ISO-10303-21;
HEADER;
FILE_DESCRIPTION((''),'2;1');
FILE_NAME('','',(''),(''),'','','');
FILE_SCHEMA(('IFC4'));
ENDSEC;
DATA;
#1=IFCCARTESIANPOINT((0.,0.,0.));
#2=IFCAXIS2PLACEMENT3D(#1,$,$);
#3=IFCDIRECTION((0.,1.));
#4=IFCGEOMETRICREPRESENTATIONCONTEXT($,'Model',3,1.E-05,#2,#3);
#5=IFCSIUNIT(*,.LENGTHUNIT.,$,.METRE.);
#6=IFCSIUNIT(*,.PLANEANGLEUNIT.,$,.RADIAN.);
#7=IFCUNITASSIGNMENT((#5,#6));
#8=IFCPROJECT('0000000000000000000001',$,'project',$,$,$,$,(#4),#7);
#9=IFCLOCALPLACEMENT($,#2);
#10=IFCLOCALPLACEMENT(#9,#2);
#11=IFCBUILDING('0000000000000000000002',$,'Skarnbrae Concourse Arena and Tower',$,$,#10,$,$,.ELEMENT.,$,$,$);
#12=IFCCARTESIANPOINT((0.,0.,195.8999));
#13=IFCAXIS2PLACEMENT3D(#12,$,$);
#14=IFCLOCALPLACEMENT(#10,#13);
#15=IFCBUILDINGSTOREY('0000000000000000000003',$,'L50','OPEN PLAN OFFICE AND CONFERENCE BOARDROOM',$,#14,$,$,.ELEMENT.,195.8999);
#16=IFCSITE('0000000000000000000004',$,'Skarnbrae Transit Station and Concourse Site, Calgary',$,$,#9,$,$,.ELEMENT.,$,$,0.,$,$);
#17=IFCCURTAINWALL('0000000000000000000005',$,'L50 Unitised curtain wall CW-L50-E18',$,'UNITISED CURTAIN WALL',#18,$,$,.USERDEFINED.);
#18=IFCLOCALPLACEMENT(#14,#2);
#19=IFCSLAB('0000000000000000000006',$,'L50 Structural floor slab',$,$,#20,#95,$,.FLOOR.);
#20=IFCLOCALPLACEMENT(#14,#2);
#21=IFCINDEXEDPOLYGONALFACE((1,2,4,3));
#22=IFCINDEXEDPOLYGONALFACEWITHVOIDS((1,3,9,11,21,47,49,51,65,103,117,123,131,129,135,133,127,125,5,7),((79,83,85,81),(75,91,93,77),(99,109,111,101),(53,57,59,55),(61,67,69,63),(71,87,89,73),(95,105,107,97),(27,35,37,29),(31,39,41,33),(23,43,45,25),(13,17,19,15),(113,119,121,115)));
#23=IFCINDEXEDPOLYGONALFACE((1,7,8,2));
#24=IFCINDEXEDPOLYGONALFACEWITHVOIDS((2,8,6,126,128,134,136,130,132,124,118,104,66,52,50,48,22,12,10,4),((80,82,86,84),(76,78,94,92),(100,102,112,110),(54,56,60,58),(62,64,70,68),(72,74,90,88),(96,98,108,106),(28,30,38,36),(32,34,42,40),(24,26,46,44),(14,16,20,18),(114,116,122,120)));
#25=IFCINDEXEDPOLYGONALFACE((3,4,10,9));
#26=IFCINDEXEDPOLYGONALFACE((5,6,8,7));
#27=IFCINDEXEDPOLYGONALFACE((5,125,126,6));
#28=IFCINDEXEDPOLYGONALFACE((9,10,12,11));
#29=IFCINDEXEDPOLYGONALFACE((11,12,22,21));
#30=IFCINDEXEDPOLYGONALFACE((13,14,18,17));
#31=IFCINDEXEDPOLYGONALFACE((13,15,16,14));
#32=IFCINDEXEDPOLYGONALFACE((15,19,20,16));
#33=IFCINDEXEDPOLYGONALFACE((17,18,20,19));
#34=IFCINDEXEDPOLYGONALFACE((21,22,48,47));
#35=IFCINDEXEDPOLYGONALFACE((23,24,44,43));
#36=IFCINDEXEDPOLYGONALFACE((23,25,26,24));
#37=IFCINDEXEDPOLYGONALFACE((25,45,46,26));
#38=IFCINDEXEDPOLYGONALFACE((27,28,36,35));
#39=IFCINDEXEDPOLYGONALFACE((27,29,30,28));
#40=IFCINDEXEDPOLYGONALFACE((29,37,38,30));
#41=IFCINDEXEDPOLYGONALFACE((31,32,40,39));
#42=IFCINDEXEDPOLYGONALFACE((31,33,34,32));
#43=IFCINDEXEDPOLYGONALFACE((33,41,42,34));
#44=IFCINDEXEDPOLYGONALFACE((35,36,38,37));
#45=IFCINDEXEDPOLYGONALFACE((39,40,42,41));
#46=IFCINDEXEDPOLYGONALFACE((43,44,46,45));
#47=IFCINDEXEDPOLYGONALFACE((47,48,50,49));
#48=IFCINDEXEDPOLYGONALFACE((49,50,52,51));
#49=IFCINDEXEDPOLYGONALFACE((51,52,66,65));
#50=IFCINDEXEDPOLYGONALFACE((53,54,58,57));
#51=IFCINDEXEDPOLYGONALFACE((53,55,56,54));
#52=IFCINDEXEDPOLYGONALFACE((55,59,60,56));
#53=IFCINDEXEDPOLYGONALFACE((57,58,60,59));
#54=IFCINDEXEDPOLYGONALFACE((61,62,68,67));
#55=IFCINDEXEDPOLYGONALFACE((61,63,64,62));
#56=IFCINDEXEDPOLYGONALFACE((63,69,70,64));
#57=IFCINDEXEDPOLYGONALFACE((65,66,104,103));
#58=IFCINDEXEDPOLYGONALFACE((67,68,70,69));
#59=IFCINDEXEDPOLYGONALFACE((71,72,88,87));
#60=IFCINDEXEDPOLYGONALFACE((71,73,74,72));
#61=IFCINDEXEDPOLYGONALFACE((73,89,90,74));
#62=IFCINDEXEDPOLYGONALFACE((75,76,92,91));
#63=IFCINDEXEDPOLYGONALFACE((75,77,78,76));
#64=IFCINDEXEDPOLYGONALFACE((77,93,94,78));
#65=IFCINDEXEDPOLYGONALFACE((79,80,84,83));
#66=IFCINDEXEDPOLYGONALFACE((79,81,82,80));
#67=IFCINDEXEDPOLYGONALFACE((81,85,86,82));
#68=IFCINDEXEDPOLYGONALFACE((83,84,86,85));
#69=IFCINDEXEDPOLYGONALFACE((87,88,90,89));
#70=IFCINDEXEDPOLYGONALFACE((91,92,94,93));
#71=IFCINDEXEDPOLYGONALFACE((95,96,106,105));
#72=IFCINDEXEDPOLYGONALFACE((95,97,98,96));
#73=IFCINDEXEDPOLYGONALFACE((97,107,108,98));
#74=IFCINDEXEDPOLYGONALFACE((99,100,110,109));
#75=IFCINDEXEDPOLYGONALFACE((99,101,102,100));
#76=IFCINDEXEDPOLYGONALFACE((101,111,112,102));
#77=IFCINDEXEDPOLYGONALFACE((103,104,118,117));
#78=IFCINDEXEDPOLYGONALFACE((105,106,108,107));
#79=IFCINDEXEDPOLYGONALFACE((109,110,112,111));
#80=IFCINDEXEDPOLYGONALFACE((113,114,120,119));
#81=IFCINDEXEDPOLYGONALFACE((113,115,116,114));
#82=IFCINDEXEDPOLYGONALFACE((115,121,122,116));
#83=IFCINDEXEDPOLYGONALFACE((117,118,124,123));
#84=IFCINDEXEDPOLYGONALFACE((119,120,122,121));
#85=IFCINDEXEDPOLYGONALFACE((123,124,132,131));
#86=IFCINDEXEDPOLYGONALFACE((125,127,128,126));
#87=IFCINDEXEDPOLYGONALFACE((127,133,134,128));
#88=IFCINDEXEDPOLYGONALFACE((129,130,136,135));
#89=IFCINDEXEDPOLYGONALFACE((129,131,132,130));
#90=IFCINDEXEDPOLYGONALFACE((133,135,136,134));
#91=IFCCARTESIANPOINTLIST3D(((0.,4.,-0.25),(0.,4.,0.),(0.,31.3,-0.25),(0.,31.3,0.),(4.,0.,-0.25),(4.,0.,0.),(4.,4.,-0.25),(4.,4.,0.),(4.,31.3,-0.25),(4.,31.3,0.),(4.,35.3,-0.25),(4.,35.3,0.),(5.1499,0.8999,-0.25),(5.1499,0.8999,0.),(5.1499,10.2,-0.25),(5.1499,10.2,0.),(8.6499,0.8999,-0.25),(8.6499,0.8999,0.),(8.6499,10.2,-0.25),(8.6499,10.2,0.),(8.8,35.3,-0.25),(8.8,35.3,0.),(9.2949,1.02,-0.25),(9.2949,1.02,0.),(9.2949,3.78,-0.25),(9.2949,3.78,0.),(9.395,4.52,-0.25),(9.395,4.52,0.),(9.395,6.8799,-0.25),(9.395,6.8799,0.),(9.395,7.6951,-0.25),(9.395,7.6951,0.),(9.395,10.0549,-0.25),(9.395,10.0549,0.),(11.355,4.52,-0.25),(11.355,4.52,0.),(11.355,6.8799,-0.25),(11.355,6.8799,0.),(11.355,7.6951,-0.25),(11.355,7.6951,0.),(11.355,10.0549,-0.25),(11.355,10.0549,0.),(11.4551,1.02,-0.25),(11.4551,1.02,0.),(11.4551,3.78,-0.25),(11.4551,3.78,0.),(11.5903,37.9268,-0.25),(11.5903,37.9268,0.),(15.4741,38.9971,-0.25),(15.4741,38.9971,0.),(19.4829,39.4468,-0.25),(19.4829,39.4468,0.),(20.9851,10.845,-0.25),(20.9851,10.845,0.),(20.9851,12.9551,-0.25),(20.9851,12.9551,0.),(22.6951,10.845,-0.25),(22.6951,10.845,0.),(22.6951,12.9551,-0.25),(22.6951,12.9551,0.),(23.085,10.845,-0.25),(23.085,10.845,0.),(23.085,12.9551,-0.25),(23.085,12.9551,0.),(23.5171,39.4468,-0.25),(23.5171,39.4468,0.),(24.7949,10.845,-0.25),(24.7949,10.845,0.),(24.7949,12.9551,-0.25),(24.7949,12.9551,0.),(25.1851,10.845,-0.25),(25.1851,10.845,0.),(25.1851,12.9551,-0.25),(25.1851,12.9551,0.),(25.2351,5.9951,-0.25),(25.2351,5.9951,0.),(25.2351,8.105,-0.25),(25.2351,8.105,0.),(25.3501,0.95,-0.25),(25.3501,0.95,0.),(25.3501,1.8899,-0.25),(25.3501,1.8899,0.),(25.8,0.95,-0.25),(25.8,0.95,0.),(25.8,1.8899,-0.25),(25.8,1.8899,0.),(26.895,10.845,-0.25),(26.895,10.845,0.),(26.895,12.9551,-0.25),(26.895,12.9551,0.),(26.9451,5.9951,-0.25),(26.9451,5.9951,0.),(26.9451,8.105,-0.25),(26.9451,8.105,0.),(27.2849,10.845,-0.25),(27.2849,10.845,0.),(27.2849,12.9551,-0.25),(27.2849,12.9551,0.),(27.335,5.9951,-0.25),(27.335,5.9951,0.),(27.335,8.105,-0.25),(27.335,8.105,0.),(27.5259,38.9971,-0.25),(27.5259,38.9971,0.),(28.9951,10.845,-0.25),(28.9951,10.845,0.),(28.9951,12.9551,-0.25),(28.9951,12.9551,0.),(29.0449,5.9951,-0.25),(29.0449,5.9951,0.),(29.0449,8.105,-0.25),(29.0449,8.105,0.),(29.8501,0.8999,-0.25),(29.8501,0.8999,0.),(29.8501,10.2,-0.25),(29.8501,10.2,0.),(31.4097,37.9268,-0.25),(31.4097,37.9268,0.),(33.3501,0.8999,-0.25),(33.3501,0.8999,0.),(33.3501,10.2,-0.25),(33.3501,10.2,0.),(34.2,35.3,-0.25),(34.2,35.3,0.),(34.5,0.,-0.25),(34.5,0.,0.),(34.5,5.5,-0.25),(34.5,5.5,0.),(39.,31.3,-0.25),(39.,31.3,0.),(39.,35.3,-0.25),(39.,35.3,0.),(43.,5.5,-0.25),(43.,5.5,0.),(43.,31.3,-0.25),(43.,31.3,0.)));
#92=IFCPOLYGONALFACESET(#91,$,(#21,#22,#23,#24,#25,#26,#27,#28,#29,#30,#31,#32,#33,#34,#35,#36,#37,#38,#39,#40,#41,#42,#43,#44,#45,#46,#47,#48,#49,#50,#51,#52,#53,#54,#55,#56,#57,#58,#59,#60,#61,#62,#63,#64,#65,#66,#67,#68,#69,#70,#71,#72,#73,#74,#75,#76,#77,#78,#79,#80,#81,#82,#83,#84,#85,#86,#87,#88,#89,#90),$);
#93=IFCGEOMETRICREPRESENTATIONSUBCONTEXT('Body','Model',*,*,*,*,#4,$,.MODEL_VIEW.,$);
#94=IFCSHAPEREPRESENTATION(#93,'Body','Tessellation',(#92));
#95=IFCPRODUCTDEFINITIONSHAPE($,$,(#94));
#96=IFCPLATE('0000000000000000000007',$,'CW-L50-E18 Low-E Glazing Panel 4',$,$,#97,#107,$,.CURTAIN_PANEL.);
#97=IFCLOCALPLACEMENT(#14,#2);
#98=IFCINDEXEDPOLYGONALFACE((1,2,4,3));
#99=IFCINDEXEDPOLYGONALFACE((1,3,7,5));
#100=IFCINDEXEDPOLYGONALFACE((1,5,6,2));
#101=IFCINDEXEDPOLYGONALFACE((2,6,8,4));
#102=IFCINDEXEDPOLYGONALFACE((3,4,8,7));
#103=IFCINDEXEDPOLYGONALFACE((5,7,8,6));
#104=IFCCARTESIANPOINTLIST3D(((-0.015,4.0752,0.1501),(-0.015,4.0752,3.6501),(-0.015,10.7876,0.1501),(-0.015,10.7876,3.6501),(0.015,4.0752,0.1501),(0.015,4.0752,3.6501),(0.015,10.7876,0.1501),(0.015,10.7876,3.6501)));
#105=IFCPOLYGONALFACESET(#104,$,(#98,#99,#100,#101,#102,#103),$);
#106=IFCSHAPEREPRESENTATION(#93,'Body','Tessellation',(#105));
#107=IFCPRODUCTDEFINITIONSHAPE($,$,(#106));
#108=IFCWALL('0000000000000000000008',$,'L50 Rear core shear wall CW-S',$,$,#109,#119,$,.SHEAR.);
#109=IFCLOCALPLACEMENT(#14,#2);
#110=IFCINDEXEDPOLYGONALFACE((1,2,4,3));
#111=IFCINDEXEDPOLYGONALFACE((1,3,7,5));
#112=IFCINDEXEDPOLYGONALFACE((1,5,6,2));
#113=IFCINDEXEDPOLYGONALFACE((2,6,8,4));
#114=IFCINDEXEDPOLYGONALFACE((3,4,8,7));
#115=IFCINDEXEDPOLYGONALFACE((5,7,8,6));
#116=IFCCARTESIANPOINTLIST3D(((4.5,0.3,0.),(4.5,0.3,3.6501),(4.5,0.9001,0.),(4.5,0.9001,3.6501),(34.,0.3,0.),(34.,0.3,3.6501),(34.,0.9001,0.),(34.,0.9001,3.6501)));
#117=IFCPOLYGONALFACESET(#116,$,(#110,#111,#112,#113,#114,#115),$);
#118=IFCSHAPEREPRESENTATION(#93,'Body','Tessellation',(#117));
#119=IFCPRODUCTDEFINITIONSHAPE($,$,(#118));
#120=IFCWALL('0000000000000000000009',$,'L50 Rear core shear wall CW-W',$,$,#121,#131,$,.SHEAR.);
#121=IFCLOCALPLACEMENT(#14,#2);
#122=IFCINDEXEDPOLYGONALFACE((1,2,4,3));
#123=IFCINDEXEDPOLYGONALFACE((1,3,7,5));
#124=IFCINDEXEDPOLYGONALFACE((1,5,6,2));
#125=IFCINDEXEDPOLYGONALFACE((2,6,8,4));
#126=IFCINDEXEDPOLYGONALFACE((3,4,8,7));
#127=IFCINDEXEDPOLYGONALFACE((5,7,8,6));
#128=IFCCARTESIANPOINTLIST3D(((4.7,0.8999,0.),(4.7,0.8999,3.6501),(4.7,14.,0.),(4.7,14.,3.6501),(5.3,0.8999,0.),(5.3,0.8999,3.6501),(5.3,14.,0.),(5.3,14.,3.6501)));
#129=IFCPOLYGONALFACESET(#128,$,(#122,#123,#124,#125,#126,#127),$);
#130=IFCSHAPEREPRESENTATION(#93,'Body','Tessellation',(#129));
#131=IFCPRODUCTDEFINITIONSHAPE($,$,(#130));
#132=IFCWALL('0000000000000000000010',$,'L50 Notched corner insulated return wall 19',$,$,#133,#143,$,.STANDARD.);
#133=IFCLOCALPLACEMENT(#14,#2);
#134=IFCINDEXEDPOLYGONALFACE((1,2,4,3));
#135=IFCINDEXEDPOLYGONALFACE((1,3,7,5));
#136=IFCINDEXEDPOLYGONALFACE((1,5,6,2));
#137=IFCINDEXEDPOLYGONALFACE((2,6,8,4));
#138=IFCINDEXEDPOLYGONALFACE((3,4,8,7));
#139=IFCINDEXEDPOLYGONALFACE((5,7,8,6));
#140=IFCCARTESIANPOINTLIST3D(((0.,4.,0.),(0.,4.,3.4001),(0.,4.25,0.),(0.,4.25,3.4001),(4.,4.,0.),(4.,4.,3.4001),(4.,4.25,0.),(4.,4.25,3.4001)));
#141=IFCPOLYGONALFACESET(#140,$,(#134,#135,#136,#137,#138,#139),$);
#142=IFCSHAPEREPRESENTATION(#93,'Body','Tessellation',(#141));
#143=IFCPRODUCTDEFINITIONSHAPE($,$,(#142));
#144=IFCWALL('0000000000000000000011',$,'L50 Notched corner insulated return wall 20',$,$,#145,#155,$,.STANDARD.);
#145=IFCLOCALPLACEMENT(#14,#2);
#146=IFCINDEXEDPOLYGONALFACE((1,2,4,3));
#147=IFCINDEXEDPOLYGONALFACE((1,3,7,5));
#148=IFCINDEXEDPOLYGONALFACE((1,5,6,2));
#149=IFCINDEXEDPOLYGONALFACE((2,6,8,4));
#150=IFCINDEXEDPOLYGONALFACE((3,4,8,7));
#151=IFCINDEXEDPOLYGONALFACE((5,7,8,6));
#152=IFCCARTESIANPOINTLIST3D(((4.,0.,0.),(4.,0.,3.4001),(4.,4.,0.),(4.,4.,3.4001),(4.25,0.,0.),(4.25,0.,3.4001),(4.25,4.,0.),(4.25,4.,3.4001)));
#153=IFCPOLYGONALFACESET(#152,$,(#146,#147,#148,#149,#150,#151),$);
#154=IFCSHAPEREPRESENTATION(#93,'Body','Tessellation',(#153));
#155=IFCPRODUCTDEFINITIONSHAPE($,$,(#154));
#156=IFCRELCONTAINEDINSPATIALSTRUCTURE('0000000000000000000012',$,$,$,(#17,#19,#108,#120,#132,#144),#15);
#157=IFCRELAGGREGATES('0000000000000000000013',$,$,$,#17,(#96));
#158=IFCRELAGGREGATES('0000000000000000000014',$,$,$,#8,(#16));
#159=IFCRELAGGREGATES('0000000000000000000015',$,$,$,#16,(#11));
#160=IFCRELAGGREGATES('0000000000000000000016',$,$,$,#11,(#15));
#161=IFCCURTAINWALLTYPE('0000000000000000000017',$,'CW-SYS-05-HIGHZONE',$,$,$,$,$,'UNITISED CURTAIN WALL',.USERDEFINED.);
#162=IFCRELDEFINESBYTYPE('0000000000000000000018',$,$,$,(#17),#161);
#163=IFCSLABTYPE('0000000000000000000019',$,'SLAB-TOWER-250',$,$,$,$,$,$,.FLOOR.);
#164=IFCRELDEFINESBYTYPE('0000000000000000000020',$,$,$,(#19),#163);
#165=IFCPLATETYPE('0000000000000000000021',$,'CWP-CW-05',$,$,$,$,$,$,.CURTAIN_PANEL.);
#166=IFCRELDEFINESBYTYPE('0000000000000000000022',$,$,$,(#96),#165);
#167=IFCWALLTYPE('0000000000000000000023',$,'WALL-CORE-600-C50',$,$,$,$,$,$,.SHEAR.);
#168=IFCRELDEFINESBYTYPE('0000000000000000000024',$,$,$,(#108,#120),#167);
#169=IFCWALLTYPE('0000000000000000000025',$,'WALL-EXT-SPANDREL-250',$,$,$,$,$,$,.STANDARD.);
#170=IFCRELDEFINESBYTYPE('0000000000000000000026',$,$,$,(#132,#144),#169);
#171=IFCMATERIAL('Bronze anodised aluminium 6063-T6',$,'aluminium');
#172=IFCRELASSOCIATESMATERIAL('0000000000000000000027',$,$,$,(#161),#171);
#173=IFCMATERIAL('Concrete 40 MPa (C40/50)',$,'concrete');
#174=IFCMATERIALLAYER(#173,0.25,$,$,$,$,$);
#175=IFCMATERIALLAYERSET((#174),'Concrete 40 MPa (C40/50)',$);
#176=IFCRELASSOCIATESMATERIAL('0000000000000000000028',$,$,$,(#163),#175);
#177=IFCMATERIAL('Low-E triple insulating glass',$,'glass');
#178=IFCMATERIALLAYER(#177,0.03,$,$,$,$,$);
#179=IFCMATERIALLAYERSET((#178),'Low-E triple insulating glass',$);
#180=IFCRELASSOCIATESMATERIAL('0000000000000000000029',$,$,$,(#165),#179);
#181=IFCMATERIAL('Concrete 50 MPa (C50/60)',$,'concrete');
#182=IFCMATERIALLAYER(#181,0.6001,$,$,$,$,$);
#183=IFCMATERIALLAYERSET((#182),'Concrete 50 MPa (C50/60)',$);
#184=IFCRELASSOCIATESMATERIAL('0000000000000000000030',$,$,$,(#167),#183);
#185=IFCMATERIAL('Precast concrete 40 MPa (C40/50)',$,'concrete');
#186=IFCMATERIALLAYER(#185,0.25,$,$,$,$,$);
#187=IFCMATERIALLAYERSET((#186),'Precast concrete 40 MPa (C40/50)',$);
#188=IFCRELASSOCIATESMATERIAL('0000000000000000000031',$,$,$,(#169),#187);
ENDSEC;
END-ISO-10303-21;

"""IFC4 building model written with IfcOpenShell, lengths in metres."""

from ifc_helpers import new_model, si_unit, direction, frame, frame_2d, origin, origin_2d, place, context, subcontext, project, spatial, polyline, rectangle, outline, extrude, source, transform, mapped, material, layer, layer_set, type_object, element, aggregate, save


model = new_model("IFC4")

# Units and contexts
model_context = context("Model", 3, precision=1e-05, world=origin(), true_north=direction((0.0, 1.0)))
body_context = subcontext(model_context, "Body", "Model", "MODEL_VIEW")
ifc_project = project(units=[si_unit("LENGTHUNIT", "METRE"), si_unit("PLANEANGLEUNIT", "RADIAN")], contexts=[model_context])

# Site, building, storey
site_placement = place(None, origin())
site = spatial("IfcSite", under=ifc_project, at=site_placement, Name="Skarnbrae Transit Station and Concourse Site, Calgary", CompositionType="ELEMENT", RefElevation=0.0)
building_placement = place(site_placement, origin())
building = spatial("IfcBuilding", under=site, at=building_placement, Name="Skarnbrae Concourse Arena and Tower", CompositionType="ELEMENT")
storey_placement = place(building_placement, frame((0.0, 0.0, 195.8999)))
storey = spatial("IfcBuildingStorey", under=building, at=storey_placement, Name="L50", Description="OPEN PLAN OFFICE AND CONFERENCE BOARDROOM", CompositionType="ELEMENT", Elevation=195.8999)

# Curtain wall
ifc_material_1 = material(Name="Bronze anodised aluminium 6063-T6", Category="aluminium")
curtain_wall_type = type_object("IfcCurtainWallType", Name="CW-SYS-05-HIGHZONE", ElementType="UNITISED CURTAIN WALL", PredefinedType="USERDEFINED", material=ifc_material_1)
curtain_wall_placement = place(storey_placement, origin())
curtain_wall = element("IfcCurtainWall", 1, at=curtain_wall_placement, inside=storey, type_object=curtain_wall_type, Name="L50 Unitised curtain wall CW-L50-E18", ObjectType="UNITISED CURTAIN WALL", PredefinedType="USERDEFINED")

# Shared definitions
ifc_material_2 = material(Name="Concrete 40 MPa (C40/50)", Category="concrete")

# Slab
ifc_layer_1 = layer(ifc_material_2, 0.25)
ifc_layer_set_1 = layer_set([ifc_layer_1], Name="Concrete 40 MPa (C40/50)")
slab_type_1 = type_object("IfcSlabType", Name="SLAB-TOWER-250", PredefinedType="FLOOR", material=ifc_layer_set_1)
slab_1_placement = place(storey_placement, frame((0.0, 0.0, -0.25)))
element("IfcSlab", 2, at=slab_1_placement, inside=storey, type_object=slab_type_1, Name="L50 Structural floor slab", PredefinedType="FLOOR", context=body_context, shape_type="SweptSolid", body=[
    extrude(outline(polyline([(4.0, 0.0), (34.5, 0.0), (34.5, 5.5), (43.0, 5.5), (43.0, 31.3), (39.0, 31.3), (39.0, 35.3), (34.2, 35.3), (31.4097, 37.9268), (27.5259, 38.9971), (23.5171, 39.4468), (19.4829, 39.4468), (15.4741, 38.9971), (11.5903, 37.9268), (8.8, 35.3), (4.0, 35.3), (4.0, 31.3), (0.0, 31.3), (0.0, 4.0), (4.0, 4.0), (4.0, 0.0)]), holes=[polyline([(9.2949, 1.02), (9.2949, 3.78), (11.4551, 3.78), (11.4551, 1.02), (9.2949, 1.02)]), polyline([(8.6499, 10.2), (8.6499, 0.8999), (5.1499, 0.8999), (5.1499, 10.2), (8.6499, 10.2)]), polyline([(9.395, 6.8799), (11.355, 6.8799), (11.355, 4.52), (9.395, 4.52), (9.395, 6.8799)]), polyline([(9.395, 7.6951), (9.395, 10.0549), (11.355, 10.0549), (11.355, 7.6951), (9.395, 7.6951)]), polyline([(20.9851, 12.9551), (22.6951, 12.9551), (22.6951, 10.845), (20.9851, 10.845), (20.9851, 12.9551)]), polyline([(23.085, 12.9551), (24.7949, 12.9551), (24.7949, 10.845), (23.085, 10.845), (23.085, 12.9551)]), polyline([(25.3501, 0.95), (25.3501, 1.8899), (25.8, 1.8899), (25.8, 0.95), (25.3501, 0.95)]), polyline([(33.3501, 10.2), (33.3501, 0.8999), (29.8501, 0.8999), (29.8501, 10.2), (33.3501, 10.2)]), polyline([(25.2351, 8.105), (26.9451, 8.105), (26.9451, 5.9951), (25.2351, 5.9951), (25.2351, 8.105)]), polyline([(27.335, 5.9951), (27.335, 8.105), (29.0449, 8.105), (29.0449, 5.9951), (27.335, 5.9951)]), polyline([(25.1851, 12.9551), (26.895, 12.9551), (26.895, 10.845), (25.1851, 10.845), (25.1851, 12.9551)]), polyline([(27.2849, 12.9551), (28.9951, 12.9551), (28.9951, 10.845), (27.2849, 10.845), (27.2849, 12.9551)])]), origin(), (0.0, 0.0, 1.0), 0.25),
])

# Plate
ifc_material_3 = material(Name="Low-E triple insulating glass", Category="glass")
ifc_layer_2 = layer(ifc_material_3, 0.03)
ifc_layer_set_2 = layer_set([ifc_layer_2], Name="Low-E triple insulating glass")
plate_type = type_object("IfcPlateType", Name="CWP-CW-05", PredefinedType="CURTAIN_PANEL", material=ifc_layer_set_2)
shared_shape_1 = source(origin(), body_context, "Body", "SweptSolid", [
    extrude(rectangle(XDim=6.7124, YDim=0.03, at=origin_2d()), origin(), (0.0, 0.0, 1.0), 3.5),
])
plate_placement = place(storey_placement, frame((0.0, 7.4314, 0.1501), z_axis=(0.0, 0.0, 1.0), x_axis=(0.0, -1.0, 0.0)))
plate = element("IfcPlate", 3, at=plate_placement, type_object=plate_type, Name="CW-L50-E18 Low-E Glazing Panel 4", PredefinedType="CURTAIN_PANEL", context=body_context, shape_type="MappedRepresentation", body=[
    mapped(shared_shape_1, transform((0.0, 0.0, 0.0))),
])
aggregate(curtain_wall, [plate])

# Walls
ifc_material_4 = material(Name="Concrete 50 MPa (C50/60)", Category="concrete")
ifc_layer_3 = layer(ifc_material_4, 0.6001)
ifc_layer_set_3 = layer_set([ifc_layer_3], Name="Concrete 50 MPa (C50/60)")
wall_type_1 = type_object("IfcWallType", Name="WALL-CORE-600-C50", PredefinedType="SHEAR", material=ifc_layer_set_3)
shared_shape_2 = source(origin(), body_context, "Body", "SweptSolid", [
    extrude(rectangle(XDim=29.5, YDim=0.6001, at=frame_2d((14.75, 0.0))), origin(), (0.0, 0.0, 1.0), 3.6501),
])
wall_1_placement = place(storey_placement, frame((4.5, 0.6001, 0.0), z_axis=(0.0, 0.0, 1.0), x_axis=(1.0, 0.0, 0.0)))
element("IfcWall", 4, at=wall_1_placement, inside=storey, type_object=wall_type_1, Name="L50 Rear core shear wall CW-S", PredefinedType="SHEAR", context=body_context, shape_type="MappedRepresentation", body=[
    mapped(shared_shape_2, transform((0.0, 0.0, 0.0))),
])
shared_shape_3 = source(origin(), body_context, "Body", "SweptSolid", [
    extrude(rectangle(XDim=13.1001, YDim=0.6001, at=frame_2d((6.55, 0.0))), origin(), (0.0, 0.0, 1.0), 3.6501),
])
wall_2_placement = place(storey_placement, frame((5.0, 0.8999, 0.0), z_axis=(0.0, 0.0, 1.0), x_axis=(0.0, 1.0, 0.0)))
element("IfcWall", 5, at=wall_2_placement, inside=storey, type_object=wall_type_1, Name="L50 Rear core shear wall CW-W", PredefinedType="SHEAR", context=body_context, shape_type="MappedRepresentation", body=[
    mapped(shared_shape_3, transform((0.0, 0.0, 0.0))),
])
ifc_material_5 = material(Name="Precast concrete 40 MPa (C40/50)", Category="concrete")
ifc_layer_4 = layer(ifc_material_5, 0.25)
ifc_layer_set_4 = layer_set([ifc_layer_4], Name="Precast concrete 40 MPa (C40/50)")
wall_type_2 = type_object("IfcWallType", Name="WALL-EXT-SPANDREL-250", PredefinedType="STANDARD", material=ifc_layer_set_4)
shared_shape_4 = source(origin(), body_context, "Body", "SweptSolid", [
    extrude(rectangle(XDim=4.0, YDim=0.25, at=frame_2d((2.0, 0.0))), origin(), (0.0, 0.0, 1.0), 3.4001),
])
for number, where, z_axis, x_axis, name in (
    (6, (0.0, 4.125, 0.0), (0.0, 0.0, 1.0), (1.0, 0.0, 0.0), "L50 Notched corner insulated return wall 19"),
    (7, (4.125, 4.0, 0.0), (0.0, 0.0, 1.0), (0.0, -1.0, 0.0), "L50 Notched corner insulated return wall 20"),
):
    element("IfcWall", number, at=place(storey_placement, frame(where, z_axis=z_axis, x_axis=x_axis)), inside=storey, type_object=wall_type_2, Name=name, PredefinedType="STANDARD", context=body_context, shape_type="MappedRepresentation", body=[
        mapped(shared_shape_4, transform((0.0, 0.0, 0.0))),
    ])

save(model, "model.ifc")
